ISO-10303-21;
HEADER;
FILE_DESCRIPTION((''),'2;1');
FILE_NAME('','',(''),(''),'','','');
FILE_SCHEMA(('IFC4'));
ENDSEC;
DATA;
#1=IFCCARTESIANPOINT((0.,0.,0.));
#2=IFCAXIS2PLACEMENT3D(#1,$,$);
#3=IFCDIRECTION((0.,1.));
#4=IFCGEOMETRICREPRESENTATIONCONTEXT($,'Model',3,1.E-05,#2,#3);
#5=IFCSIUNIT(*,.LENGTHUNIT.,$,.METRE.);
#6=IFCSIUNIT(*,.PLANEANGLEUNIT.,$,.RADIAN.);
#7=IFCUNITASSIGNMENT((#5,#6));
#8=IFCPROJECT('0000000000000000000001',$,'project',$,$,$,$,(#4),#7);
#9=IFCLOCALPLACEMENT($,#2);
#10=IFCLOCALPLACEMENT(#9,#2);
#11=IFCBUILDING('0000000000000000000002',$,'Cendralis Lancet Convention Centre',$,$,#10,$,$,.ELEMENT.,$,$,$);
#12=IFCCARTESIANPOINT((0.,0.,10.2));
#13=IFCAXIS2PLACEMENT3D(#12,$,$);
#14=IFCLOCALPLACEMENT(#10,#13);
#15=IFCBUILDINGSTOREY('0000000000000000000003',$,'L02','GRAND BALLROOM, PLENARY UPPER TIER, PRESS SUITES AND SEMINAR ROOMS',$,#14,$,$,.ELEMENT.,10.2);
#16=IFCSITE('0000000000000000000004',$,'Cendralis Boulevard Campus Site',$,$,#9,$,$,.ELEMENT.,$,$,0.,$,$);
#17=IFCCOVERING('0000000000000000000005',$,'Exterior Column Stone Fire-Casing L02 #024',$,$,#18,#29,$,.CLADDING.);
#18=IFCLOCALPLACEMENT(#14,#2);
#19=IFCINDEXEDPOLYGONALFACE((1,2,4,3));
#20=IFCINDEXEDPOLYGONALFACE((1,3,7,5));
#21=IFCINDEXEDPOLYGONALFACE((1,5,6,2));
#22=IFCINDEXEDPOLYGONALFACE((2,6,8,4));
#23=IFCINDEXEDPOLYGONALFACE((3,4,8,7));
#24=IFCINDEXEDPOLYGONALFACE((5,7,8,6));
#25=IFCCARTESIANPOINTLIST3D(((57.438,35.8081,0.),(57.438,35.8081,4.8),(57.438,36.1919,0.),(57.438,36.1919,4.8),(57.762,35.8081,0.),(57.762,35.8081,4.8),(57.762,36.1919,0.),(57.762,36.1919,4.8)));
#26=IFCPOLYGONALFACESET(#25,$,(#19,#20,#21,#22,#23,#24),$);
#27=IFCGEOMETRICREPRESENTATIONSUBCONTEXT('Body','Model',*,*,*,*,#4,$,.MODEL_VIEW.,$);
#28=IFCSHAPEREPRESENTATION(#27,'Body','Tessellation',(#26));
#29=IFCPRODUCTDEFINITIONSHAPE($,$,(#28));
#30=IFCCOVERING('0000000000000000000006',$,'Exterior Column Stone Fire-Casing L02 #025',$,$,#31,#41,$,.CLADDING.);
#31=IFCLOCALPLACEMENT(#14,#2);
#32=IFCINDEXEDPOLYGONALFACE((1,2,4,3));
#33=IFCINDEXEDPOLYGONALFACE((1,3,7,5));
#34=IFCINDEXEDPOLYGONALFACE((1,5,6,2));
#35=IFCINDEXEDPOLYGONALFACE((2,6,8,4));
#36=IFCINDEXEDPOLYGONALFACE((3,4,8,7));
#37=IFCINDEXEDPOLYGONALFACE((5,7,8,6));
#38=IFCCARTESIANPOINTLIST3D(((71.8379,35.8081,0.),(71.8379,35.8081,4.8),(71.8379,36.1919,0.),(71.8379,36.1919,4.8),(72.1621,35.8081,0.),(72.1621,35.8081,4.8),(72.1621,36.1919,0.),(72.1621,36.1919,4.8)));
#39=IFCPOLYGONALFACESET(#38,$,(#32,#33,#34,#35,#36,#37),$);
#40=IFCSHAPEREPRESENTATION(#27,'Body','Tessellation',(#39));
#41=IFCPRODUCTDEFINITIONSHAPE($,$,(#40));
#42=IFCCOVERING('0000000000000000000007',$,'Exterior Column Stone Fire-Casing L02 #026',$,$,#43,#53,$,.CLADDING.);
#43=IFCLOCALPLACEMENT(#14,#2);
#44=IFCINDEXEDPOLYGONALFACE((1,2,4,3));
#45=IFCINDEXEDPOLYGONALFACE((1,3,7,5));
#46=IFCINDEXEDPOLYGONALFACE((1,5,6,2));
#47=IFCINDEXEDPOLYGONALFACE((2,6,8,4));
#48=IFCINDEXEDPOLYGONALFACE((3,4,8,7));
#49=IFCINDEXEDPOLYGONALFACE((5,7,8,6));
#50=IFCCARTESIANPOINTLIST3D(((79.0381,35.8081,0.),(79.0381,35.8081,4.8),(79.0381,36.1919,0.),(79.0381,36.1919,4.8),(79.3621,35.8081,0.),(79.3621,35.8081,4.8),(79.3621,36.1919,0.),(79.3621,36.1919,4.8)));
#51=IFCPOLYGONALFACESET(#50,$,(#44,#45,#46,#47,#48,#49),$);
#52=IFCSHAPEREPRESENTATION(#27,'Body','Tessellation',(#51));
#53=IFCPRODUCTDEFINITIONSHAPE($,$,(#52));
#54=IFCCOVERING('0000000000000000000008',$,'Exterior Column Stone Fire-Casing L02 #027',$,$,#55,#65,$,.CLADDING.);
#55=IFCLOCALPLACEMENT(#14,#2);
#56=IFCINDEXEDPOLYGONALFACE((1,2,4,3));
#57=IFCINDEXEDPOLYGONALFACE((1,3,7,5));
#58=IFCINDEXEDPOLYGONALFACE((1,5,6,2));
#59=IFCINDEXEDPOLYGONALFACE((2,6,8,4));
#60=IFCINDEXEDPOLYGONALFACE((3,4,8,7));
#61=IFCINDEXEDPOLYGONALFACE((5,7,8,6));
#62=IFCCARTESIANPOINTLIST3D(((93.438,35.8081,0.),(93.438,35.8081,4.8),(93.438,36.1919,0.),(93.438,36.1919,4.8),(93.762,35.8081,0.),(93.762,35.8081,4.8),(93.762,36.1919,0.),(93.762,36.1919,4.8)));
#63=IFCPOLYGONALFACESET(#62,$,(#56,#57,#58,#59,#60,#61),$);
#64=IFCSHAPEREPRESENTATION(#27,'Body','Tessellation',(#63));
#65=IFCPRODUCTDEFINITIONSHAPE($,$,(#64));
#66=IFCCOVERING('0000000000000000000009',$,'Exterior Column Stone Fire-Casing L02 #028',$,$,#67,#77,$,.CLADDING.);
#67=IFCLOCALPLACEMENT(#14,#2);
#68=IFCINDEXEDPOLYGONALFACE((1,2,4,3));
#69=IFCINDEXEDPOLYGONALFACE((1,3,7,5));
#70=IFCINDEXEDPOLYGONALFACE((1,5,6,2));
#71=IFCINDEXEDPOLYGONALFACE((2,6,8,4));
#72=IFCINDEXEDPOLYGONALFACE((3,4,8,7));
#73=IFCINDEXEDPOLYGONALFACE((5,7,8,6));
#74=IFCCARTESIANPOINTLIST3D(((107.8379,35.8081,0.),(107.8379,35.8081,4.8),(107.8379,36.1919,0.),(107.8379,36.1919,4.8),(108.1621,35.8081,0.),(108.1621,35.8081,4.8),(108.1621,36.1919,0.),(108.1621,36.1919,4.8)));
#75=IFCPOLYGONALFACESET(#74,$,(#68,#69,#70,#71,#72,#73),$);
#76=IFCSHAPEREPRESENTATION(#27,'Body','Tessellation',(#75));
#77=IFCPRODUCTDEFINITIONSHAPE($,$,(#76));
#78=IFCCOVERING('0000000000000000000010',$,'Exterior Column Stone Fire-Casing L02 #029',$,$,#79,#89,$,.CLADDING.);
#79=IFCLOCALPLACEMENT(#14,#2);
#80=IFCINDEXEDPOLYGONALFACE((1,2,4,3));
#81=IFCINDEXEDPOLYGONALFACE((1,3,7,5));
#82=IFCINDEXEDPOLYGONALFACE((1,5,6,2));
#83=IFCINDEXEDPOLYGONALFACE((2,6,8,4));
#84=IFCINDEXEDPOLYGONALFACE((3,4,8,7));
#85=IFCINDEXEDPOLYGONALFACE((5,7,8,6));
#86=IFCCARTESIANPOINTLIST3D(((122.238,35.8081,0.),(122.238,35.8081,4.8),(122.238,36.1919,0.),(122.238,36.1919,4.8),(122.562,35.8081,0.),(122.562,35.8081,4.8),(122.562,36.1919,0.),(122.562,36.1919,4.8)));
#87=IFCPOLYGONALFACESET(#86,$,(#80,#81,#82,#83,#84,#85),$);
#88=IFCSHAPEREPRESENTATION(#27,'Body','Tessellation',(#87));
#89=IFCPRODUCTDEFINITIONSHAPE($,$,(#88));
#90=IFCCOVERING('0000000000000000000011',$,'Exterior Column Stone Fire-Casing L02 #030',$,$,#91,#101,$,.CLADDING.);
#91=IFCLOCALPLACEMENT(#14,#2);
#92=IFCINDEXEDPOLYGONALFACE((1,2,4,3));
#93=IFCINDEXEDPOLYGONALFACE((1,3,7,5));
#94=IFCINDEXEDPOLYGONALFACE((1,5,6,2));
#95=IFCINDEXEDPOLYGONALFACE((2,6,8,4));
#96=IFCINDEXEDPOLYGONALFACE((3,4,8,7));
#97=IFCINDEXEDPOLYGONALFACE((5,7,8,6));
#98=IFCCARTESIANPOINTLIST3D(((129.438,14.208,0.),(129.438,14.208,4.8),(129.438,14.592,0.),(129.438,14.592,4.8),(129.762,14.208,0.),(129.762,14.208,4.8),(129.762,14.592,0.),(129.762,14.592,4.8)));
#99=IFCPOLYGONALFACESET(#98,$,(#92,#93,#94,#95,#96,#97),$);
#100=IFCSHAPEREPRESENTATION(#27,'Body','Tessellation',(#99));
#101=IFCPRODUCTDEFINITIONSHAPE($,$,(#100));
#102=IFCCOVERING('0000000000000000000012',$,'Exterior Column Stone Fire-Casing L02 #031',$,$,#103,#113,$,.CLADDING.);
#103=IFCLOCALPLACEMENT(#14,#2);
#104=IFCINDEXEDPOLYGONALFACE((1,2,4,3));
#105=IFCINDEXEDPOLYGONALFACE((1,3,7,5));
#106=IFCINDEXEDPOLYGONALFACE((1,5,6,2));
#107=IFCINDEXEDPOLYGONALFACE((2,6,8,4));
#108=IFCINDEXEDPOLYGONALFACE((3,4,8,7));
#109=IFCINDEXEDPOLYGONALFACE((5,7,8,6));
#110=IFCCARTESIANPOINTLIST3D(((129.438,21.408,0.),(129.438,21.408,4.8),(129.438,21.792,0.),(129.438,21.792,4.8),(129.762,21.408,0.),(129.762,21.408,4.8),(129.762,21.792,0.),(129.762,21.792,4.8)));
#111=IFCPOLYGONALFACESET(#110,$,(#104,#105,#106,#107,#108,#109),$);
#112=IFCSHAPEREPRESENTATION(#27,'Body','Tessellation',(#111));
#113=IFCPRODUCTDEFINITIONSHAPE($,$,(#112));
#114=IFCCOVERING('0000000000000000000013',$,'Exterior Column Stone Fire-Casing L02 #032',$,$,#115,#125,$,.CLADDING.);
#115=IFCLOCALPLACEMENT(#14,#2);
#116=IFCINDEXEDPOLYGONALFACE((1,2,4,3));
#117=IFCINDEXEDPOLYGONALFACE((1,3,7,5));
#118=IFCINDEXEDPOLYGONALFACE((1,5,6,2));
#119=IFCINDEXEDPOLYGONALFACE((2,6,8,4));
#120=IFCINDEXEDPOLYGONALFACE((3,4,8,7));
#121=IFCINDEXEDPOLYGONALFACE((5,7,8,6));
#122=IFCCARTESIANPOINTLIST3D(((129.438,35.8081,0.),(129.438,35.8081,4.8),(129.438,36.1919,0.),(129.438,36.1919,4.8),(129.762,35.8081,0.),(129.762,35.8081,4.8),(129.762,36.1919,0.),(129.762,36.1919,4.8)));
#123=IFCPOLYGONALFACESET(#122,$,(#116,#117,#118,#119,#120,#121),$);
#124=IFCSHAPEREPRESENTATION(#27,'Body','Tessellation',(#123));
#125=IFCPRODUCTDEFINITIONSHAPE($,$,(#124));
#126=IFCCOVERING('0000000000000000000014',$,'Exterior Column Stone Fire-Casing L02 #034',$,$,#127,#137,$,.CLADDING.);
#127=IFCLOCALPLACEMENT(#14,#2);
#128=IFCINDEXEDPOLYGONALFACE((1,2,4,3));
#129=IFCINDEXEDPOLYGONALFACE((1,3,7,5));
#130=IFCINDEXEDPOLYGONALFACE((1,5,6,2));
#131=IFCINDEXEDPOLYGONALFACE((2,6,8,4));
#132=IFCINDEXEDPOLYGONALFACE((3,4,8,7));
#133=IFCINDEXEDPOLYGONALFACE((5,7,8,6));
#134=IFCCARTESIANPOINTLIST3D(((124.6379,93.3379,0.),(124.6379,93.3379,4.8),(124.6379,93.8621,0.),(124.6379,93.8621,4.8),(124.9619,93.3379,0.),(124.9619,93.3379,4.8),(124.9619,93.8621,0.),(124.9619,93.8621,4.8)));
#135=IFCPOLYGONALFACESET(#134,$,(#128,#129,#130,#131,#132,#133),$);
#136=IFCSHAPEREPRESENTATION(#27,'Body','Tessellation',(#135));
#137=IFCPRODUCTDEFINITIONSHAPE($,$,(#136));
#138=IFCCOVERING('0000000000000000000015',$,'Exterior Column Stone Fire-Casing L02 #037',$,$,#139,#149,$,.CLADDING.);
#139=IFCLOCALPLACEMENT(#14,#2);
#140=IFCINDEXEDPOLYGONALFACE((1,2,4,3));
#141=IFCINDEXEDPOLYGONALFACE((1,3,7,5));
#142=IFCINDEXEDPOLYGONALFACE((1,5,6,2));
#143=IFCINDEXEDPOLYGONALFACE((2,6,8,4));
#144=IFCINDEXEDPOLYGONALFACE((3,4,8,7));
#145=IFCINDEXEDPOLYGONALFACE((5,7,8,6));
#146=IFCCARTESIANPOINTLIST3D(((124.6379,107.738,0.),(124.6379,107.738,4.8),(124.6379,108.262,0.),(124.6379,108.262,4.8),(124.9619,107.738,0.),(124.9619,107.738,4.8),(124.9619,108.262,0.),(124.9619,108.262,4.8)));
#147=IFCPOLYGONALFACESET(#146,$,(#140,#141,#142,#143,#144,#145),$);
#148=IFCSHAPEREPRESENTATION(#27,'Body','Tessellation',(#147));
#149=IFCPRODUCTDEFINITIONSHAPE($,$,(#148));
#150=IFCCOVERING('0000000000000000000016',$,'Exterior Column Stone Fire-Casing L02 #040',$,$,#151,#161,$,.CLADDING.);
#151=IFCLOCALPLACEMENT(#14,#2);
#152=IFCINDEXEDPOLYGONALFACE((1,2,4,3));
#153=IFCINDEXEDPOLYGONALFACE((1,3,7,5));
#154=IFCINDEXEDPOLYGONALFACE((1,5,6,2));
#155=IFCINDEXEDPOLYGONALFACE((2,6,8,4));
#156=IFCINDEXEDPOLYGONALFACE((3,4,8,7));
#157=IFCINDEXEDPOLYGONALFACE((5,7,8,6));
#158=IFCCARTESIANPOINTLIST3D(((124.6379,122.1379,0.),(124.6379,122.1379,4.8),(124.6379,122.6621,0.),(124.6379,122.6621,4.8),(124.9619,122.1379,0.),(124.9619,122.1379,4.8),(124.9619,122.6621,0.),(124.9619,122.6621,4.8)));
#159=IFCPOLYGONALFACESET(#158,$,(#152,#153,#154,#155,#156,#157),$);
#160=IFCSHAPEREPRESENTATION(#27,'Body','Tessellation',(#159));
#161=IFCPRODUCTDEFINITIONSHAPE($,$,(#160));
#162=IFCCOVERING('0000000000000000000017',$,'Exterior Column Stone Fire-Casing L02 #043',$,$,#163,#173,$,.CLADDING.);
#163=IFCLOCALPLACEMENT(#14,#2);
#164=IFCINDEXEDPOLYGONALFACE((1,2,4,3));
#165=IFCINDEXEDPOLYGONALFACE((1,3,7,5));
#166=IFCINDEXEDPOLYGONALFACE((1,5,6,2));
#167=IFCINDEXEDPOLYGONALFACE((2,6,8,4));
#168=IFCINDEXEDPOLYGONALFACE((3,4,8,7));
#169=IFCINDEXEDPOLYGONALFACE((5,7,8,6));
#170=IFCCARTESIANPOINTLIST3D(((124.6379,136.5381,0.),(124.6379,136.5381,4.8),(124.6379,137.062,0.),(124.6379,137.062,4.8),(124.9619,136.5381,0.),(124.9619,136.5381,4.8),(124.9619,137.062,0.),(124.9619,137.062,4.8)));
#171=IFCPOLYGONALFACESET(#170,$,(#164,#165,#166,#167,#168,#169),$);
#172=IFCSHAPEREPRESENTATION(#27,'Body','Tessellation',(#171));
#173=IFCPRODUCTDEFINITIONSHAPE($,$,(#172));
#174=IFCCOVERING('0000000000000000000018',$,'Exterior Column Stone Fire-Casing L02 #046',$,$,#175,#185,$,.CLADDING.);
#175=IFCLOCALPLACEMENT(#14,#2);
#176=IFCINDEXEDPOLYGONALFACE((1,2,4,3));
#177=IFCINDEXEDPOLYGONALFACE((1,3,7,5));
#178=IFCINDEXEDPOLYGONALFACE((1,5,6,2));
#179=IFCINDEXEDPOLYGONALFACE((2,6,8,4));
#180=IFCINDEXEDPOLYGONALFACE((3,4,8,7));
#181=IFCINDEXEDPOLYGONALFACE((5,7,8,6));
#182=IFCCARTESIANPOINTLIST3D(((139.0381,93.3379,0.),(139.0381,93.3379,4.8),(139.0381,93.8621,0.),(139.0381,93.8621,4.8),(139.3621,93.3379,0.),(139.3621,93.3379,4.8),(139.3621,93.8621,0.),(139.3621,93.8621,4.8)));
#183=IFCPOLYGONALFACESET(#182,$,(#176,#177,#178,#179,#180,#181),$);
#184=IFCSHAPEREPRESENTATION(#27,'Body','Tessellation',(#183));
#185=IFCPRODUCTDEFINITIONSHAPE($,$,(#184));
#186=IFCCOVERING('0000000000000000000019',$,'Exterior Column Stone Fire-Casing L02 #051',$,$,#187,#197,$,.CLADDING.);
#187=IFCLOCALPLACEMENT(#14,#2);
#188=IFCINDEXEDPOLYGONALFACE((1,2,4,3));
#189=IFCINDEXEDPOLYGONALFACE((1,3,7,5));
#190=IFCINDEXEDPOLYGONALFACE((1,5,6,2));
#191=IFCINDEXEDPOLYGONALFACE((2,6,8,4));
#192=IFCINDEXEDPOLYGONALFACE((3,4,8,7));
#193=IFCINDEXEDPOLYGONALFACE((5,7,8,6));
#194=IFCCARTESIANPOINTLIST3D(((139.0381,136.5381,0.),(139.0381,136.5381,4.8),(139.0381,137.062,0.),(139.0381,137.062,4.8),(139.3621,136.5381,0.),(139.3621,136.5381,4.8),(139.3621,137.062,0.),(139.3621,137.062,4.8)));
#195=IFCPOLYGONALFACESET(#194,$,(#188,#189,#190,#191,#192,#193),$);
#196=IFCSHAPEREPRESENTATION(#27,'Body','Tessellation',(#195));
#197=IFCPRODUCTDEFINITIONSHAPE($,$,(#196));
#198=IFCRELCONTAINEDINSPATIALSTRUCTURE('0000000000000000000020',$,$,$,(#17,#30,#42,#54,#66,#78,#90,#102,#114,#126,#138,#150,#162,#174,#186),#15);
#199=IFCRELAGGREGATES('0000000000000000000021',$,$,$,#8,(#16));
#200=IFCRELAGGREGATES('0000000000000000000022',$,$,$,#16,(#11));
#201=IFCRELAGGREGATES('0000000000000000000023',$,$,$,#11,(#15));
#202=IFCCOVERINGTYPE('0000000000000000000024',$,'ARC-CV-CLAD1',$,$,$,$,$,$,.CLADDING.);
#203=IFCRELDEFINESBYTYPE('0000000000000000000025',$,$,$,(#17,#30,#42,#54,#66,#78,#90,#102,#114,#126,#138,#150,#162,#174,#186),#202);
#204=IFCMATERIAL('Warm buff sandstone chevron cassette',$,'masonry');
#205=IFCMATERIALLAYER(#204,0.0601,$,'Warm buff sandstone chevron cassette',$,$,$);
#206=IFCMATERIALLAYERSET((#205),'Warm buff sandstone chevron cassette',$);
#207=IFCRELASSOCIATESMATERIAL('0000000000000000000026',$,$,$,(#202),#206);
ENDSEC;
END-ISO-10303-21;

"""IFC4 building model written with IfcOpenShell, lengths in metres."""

from ifc_helpers import new_model, si_unit, direction, frame, origin, place, context, subcontext, project, spatial, polyline, outline, extrude, material, layer, layer_set, type_object, element, save


model = new_model("IFC4")

# Units and contexts
model_context = context("Model", 3, precision=1e-05, world=origin(), true_north=direction((0.0, 1.0)))
body_context = subcontext(model_context, "Body", "Model", "MODEL_VIEW")
ifc_project = project(units=[si_unit("LENGTHUNIT", "METRE"), si_unit("PLANEANGLEUNIT", "RADIAN")], contexts=[model_context])

# Site, building, storey
site_placement = place(None, origin())
site = spatial("IfcSite", under=ifc_project, at=site_placement, Name="Cendralis Boulevard Campus Site", CompositionType="ELEMENT", RefElevation=0.0)
building_placement = place(site_placement, origin())
building = spatial("IfcBuilding", under=site, at=building_placement, Name="Cendralis Lancet Convention Centre", CompositionType="ELEMENT")
storey_placement = place(building_placement, frame((0.0, 0.0, 10.2)))
storey = spatial("IfcBuildingStorey", under=building, at=storey_placement, Name="L02", Description="GRAND BALLROOM, PLENARY UPPER TIER, PRESS SUITES AND SEMINAR ROOMS", CompositionType="ELEMENT", Elevation=10.2)

# Coverings
ifc_material = material(Name="Warm buff sandstone chevron cassette", Category="masonry")
ifc_layer = layer(ifc_material, 0.0601, Name="Warm buff sandstone chevron cassette")
ifc_layer_set = layer_set([ifc_layer], Name="Warm buff sandstone chevron cassette")
covering_type = type_object("IfcCoveringType", Name="ARC-CV-CLAD1", PredefinedType="CLADDING", material=ifc_layer_set)
covering_1_placement = place(storey_placement, origin())
element("IfcCovering", 1, at=covering_1_placement, inside=storey, type_object=covering_type, Name="Exterior Column Stone Fire-Casing L02 #024", PredefinedType="CLADDING", context=body_context, shape_type="SweptSolid", body=[
    extrude(outline(polyline([(57.438, 35.8081), (57.762, 35.8081), (57.762, 36.1919), (57.438, 36.1919), (57.438, 35.8081)])), origin(), (0.0, 0.0, 1.0), 4.8),
])
covering_2_placement = place(storey_placement, origin())
element("IfcCovering", 2, at=covering_2_placement, inside=storey, type_object=covering_type, Name="Exterior Column Stone Fire-Casing L02 #025", PredefinedType="CLADDING", context=body_context, shape_type="SweptSolid", body=[
    extrude(outline(polyline([(71.8379, 35.8081), (72.1621, 35.8081), (72.1621, 36.1919), (71.8379, 36.1919), (71.8379, 35.8081)])), origin(), (0.0, 0.0, 1.0), 4.8),
])
covering_3_placement = place(storey_placement, origin())
element("IfcCovering", 3, at=covering_3_placement, inside=storey, type_object=covering_type, Name="Exterior Column Stone Fire-Casing L02 #026", PredefinedType="CLADDING", context=body_context, shape_type="SweptSolid", body=[
    extrude(outline(polyline([(79.0381, 35.8081), (79.3621, 35.8081), (79.3621, 36.1919), (79.0381, 36.1919), (79.0381, 35.8081)])), origin(), (0.0, 0.0, 1.0), 4.8),
])
covering_4_placement = place(storey_placement, origin())
element("IfcCovering", 4, at=covering_4_placement, inside=storey, type_object=covering_type, Name="Exterior Column Stone Fire-Casing L02 #027", PredefinedType="CLADDING", context=body_context, shape_type="SweptSolid", body=[
    extrude(outline(polyline([(93.438, 35.8081), (93.762, 35.8081), (93.762, 36.1919), (93.438, 36.1919), (93.438, 35.8081)])), origin(), (0.0, 0.0, 1.0), 4.8),
])
covering_5_placement = place(storey_placement, origin())
element("IfcCovering", 5, at=covering_5_placement, inside=storey, type_object=covering_type, Name="Exterior Column Stone Fire-Casing L02 #028", PredefinedType="CLADDING", context=body_context, shape_type="SweptSolid", body=[
    extrude(outline(polyline([(107.8379, 35.8081), (108.1621, 35.8081), (108.1621, 36.1919), (107.8379, 36.1919), (107.8379, 35.8081)])), origin(), (0.0, 0.0, 1.0), 4.8),
])
covering_6_placement = place(storey_placement, origin())
element("IfcCovering", 6, at=covering_6_placement, inside=storey, type_object=covering_type, Name="Exterior Column Stone Fire-Casing L02 #029", PredefinedType="CLADDING", context=body_context, shape_type="SweptSolid", body=[
    extrude(outline(polyline([(122.238, 35.8081), (122.562, 35.8081), (122.562, 36.1919), (122.238, 36.1919), (122.238, 35.8081)])), origin(), (0.0, 0.0, 1.0), 4.8),
])
covering_7_placement = place(storey_placement, origin())
element("IfcCovering", 7, at=covering_7_placement, inside=storey, type_object=covering_type, Name="Exterior Column Stone Fire-Casing L02 #030", PredefinedType="CLADDING", context=body_context, shape_type="SweptSolid", body=[
    extrude(outline(polyline([(129.438, 14.208), (129.762, 14.208), (129.762, 14.592), (129.438, 14.592), (129.438, 14.208)])), origin(), (0.0, 0.0, 1.0), 4.8),
])
covering_8_placement = place(storey_placement, origin())
element("IfcCovering", 8, at=covering_8_placement, inside=storey, type_object=covering_type, Name="Exterior Column Stone Fire-Casing L02 #031", PredefinedType="CLADDING", context=body_context, shape_type="SweptSolid", body=[
    extrude(outline(polyline([(129.438, 21.408), (129.762, 21.408), (129.762, 21.792), (129.438, 21.792), (129.438, 21.408)])), origin(), (0.0, 0.0, 1.0), 4.8),
])
covering_9_placement = place(storey_placement, origin())
element("IfcCovering", 9, at=covering_9_placement, inside=storey, type_object=covering_type, Name="Exterior Column Stone Fire-Casing L02 #032", PredefinedType="CLADDING", context=body_context, shape_type="SweptSolid", body=[
    extrude(outline(polyline([(129.438, 35.8081), (129.762, 35.8081), (129.762, 36.1919), (129.438, 36.1919), (129.438, 35.8081)])), origin(), (0.0, 0.0, 1.0), 4.8),
])
covering_10_placement = place(storey_placement, origin())
element("IfcCovering", 10, at=covering_10_placement, inside=storey, type_object=covering_type, Name="Exterior Column Stone Fire-Casing L02 #034", PredefinedType="CLADDING", context=body_context, shape_type="SweptSolid", body=[
    extrude(outline(polyline([(124.6379, 93.3379), (124.9619, 93.3379), (124.9619, 93.8621), (124.6379, 93.8621), (124.6379, 93.3379)])), origin(), (0.0, 0.0, 1.0), 4.8),
])
covering_11_placement = place(storey_placement, origin())
element("IfcCovering", 11, at=covering_11_placement, inside=storey, type_object=covering_type, Name="Exterior Column Stone Fire-Casing L02 #037", PredefinedType="CLADDING", context=body_context, shape_type="SweptSolid", body=[
    extrude(outline(polyline([(124.6379, 107.738), (124.9619, 107.738), (124.9619, 108.262), (124.6379, 108.262), (124.6379, 107.738)])), origin(), (0.0, 0.0, 1.0), 4.8),
])
covering_12_placement = place(storey_placement, origin())
element("IfcCovering", 12, at=covering_12_placement, inside=storey, type_object=covering_type, Name="Exterior Column Stone Fire-Casing L02 #040", PredefinedType="CLADDING", context=body_context, shape_type="SweptSolid", body=[
    extrude(outline(polyline([(124.6379, 122.1379), (124.9619, 122.1379), (124.9619, 122.6621), (124.6379, 122.6621), (124.6379, 122.1379)])), origin(), (0.0, 0.0, 1.0), 4.8),
])
covering_13_placement = place(storey_placement, origin())
element("IfcCovering", 13, at=covering_13_placement, inside=storey, type_object=covering_type, Name="Exterior Column Stone Fire-Casing L02 #043", PredefinedType="CLADDING", context=body_context, shape_type="SweptSolid", body=[
    extrude(outline(polyline([(124.6379, 136.5381), (124.9619, 136.5381), (124.9619, 137.062), (124.6379, 137.062), (124.6379, 136.5381)])), origin(), (0.0, 0.0, 1.0), 4.8),
])
covering_14_placement = place(storey_placement, origin())
element("IfcCovering", 14, at=covering_14_placement, inside=storey, type_object=covering_type, Name="Exterior Column Stone Fire-Casing L02 #046", PredefinedType="CLADDING", context=body_context, shape_type="SweptSolid", body=[
    extrude(outline(polyline([(139.0381, 93.3379), (139.3621, 93.3379), (139.3621, 93.8621), (139.0381, 93.8621), (139.0381, 93.3379)])), origin(), (0.0, 0.0, 1.0), 4.8),
])
covering_15_placement = place(storey_placement, origin())
element("IfcCovering", 15, at=covering_15_placement, inside=storey, type_object=covering_type, Name="Exterior Column Stone Fire-Casing L02 #051", PredefinedType="CLADDING", context=body_context, shape_type="SweptSolid", body=[
    extrude(outline(polyline([(139.0381, 136.5381), (139.3621, 136.5381), (139.3621, 137.062), (139.0381, 137.062), (139.0381, 136.5381)])), origin(), (0.0, 0.0, 1.0), 4.8),
])

save(model, "model.ifc")
